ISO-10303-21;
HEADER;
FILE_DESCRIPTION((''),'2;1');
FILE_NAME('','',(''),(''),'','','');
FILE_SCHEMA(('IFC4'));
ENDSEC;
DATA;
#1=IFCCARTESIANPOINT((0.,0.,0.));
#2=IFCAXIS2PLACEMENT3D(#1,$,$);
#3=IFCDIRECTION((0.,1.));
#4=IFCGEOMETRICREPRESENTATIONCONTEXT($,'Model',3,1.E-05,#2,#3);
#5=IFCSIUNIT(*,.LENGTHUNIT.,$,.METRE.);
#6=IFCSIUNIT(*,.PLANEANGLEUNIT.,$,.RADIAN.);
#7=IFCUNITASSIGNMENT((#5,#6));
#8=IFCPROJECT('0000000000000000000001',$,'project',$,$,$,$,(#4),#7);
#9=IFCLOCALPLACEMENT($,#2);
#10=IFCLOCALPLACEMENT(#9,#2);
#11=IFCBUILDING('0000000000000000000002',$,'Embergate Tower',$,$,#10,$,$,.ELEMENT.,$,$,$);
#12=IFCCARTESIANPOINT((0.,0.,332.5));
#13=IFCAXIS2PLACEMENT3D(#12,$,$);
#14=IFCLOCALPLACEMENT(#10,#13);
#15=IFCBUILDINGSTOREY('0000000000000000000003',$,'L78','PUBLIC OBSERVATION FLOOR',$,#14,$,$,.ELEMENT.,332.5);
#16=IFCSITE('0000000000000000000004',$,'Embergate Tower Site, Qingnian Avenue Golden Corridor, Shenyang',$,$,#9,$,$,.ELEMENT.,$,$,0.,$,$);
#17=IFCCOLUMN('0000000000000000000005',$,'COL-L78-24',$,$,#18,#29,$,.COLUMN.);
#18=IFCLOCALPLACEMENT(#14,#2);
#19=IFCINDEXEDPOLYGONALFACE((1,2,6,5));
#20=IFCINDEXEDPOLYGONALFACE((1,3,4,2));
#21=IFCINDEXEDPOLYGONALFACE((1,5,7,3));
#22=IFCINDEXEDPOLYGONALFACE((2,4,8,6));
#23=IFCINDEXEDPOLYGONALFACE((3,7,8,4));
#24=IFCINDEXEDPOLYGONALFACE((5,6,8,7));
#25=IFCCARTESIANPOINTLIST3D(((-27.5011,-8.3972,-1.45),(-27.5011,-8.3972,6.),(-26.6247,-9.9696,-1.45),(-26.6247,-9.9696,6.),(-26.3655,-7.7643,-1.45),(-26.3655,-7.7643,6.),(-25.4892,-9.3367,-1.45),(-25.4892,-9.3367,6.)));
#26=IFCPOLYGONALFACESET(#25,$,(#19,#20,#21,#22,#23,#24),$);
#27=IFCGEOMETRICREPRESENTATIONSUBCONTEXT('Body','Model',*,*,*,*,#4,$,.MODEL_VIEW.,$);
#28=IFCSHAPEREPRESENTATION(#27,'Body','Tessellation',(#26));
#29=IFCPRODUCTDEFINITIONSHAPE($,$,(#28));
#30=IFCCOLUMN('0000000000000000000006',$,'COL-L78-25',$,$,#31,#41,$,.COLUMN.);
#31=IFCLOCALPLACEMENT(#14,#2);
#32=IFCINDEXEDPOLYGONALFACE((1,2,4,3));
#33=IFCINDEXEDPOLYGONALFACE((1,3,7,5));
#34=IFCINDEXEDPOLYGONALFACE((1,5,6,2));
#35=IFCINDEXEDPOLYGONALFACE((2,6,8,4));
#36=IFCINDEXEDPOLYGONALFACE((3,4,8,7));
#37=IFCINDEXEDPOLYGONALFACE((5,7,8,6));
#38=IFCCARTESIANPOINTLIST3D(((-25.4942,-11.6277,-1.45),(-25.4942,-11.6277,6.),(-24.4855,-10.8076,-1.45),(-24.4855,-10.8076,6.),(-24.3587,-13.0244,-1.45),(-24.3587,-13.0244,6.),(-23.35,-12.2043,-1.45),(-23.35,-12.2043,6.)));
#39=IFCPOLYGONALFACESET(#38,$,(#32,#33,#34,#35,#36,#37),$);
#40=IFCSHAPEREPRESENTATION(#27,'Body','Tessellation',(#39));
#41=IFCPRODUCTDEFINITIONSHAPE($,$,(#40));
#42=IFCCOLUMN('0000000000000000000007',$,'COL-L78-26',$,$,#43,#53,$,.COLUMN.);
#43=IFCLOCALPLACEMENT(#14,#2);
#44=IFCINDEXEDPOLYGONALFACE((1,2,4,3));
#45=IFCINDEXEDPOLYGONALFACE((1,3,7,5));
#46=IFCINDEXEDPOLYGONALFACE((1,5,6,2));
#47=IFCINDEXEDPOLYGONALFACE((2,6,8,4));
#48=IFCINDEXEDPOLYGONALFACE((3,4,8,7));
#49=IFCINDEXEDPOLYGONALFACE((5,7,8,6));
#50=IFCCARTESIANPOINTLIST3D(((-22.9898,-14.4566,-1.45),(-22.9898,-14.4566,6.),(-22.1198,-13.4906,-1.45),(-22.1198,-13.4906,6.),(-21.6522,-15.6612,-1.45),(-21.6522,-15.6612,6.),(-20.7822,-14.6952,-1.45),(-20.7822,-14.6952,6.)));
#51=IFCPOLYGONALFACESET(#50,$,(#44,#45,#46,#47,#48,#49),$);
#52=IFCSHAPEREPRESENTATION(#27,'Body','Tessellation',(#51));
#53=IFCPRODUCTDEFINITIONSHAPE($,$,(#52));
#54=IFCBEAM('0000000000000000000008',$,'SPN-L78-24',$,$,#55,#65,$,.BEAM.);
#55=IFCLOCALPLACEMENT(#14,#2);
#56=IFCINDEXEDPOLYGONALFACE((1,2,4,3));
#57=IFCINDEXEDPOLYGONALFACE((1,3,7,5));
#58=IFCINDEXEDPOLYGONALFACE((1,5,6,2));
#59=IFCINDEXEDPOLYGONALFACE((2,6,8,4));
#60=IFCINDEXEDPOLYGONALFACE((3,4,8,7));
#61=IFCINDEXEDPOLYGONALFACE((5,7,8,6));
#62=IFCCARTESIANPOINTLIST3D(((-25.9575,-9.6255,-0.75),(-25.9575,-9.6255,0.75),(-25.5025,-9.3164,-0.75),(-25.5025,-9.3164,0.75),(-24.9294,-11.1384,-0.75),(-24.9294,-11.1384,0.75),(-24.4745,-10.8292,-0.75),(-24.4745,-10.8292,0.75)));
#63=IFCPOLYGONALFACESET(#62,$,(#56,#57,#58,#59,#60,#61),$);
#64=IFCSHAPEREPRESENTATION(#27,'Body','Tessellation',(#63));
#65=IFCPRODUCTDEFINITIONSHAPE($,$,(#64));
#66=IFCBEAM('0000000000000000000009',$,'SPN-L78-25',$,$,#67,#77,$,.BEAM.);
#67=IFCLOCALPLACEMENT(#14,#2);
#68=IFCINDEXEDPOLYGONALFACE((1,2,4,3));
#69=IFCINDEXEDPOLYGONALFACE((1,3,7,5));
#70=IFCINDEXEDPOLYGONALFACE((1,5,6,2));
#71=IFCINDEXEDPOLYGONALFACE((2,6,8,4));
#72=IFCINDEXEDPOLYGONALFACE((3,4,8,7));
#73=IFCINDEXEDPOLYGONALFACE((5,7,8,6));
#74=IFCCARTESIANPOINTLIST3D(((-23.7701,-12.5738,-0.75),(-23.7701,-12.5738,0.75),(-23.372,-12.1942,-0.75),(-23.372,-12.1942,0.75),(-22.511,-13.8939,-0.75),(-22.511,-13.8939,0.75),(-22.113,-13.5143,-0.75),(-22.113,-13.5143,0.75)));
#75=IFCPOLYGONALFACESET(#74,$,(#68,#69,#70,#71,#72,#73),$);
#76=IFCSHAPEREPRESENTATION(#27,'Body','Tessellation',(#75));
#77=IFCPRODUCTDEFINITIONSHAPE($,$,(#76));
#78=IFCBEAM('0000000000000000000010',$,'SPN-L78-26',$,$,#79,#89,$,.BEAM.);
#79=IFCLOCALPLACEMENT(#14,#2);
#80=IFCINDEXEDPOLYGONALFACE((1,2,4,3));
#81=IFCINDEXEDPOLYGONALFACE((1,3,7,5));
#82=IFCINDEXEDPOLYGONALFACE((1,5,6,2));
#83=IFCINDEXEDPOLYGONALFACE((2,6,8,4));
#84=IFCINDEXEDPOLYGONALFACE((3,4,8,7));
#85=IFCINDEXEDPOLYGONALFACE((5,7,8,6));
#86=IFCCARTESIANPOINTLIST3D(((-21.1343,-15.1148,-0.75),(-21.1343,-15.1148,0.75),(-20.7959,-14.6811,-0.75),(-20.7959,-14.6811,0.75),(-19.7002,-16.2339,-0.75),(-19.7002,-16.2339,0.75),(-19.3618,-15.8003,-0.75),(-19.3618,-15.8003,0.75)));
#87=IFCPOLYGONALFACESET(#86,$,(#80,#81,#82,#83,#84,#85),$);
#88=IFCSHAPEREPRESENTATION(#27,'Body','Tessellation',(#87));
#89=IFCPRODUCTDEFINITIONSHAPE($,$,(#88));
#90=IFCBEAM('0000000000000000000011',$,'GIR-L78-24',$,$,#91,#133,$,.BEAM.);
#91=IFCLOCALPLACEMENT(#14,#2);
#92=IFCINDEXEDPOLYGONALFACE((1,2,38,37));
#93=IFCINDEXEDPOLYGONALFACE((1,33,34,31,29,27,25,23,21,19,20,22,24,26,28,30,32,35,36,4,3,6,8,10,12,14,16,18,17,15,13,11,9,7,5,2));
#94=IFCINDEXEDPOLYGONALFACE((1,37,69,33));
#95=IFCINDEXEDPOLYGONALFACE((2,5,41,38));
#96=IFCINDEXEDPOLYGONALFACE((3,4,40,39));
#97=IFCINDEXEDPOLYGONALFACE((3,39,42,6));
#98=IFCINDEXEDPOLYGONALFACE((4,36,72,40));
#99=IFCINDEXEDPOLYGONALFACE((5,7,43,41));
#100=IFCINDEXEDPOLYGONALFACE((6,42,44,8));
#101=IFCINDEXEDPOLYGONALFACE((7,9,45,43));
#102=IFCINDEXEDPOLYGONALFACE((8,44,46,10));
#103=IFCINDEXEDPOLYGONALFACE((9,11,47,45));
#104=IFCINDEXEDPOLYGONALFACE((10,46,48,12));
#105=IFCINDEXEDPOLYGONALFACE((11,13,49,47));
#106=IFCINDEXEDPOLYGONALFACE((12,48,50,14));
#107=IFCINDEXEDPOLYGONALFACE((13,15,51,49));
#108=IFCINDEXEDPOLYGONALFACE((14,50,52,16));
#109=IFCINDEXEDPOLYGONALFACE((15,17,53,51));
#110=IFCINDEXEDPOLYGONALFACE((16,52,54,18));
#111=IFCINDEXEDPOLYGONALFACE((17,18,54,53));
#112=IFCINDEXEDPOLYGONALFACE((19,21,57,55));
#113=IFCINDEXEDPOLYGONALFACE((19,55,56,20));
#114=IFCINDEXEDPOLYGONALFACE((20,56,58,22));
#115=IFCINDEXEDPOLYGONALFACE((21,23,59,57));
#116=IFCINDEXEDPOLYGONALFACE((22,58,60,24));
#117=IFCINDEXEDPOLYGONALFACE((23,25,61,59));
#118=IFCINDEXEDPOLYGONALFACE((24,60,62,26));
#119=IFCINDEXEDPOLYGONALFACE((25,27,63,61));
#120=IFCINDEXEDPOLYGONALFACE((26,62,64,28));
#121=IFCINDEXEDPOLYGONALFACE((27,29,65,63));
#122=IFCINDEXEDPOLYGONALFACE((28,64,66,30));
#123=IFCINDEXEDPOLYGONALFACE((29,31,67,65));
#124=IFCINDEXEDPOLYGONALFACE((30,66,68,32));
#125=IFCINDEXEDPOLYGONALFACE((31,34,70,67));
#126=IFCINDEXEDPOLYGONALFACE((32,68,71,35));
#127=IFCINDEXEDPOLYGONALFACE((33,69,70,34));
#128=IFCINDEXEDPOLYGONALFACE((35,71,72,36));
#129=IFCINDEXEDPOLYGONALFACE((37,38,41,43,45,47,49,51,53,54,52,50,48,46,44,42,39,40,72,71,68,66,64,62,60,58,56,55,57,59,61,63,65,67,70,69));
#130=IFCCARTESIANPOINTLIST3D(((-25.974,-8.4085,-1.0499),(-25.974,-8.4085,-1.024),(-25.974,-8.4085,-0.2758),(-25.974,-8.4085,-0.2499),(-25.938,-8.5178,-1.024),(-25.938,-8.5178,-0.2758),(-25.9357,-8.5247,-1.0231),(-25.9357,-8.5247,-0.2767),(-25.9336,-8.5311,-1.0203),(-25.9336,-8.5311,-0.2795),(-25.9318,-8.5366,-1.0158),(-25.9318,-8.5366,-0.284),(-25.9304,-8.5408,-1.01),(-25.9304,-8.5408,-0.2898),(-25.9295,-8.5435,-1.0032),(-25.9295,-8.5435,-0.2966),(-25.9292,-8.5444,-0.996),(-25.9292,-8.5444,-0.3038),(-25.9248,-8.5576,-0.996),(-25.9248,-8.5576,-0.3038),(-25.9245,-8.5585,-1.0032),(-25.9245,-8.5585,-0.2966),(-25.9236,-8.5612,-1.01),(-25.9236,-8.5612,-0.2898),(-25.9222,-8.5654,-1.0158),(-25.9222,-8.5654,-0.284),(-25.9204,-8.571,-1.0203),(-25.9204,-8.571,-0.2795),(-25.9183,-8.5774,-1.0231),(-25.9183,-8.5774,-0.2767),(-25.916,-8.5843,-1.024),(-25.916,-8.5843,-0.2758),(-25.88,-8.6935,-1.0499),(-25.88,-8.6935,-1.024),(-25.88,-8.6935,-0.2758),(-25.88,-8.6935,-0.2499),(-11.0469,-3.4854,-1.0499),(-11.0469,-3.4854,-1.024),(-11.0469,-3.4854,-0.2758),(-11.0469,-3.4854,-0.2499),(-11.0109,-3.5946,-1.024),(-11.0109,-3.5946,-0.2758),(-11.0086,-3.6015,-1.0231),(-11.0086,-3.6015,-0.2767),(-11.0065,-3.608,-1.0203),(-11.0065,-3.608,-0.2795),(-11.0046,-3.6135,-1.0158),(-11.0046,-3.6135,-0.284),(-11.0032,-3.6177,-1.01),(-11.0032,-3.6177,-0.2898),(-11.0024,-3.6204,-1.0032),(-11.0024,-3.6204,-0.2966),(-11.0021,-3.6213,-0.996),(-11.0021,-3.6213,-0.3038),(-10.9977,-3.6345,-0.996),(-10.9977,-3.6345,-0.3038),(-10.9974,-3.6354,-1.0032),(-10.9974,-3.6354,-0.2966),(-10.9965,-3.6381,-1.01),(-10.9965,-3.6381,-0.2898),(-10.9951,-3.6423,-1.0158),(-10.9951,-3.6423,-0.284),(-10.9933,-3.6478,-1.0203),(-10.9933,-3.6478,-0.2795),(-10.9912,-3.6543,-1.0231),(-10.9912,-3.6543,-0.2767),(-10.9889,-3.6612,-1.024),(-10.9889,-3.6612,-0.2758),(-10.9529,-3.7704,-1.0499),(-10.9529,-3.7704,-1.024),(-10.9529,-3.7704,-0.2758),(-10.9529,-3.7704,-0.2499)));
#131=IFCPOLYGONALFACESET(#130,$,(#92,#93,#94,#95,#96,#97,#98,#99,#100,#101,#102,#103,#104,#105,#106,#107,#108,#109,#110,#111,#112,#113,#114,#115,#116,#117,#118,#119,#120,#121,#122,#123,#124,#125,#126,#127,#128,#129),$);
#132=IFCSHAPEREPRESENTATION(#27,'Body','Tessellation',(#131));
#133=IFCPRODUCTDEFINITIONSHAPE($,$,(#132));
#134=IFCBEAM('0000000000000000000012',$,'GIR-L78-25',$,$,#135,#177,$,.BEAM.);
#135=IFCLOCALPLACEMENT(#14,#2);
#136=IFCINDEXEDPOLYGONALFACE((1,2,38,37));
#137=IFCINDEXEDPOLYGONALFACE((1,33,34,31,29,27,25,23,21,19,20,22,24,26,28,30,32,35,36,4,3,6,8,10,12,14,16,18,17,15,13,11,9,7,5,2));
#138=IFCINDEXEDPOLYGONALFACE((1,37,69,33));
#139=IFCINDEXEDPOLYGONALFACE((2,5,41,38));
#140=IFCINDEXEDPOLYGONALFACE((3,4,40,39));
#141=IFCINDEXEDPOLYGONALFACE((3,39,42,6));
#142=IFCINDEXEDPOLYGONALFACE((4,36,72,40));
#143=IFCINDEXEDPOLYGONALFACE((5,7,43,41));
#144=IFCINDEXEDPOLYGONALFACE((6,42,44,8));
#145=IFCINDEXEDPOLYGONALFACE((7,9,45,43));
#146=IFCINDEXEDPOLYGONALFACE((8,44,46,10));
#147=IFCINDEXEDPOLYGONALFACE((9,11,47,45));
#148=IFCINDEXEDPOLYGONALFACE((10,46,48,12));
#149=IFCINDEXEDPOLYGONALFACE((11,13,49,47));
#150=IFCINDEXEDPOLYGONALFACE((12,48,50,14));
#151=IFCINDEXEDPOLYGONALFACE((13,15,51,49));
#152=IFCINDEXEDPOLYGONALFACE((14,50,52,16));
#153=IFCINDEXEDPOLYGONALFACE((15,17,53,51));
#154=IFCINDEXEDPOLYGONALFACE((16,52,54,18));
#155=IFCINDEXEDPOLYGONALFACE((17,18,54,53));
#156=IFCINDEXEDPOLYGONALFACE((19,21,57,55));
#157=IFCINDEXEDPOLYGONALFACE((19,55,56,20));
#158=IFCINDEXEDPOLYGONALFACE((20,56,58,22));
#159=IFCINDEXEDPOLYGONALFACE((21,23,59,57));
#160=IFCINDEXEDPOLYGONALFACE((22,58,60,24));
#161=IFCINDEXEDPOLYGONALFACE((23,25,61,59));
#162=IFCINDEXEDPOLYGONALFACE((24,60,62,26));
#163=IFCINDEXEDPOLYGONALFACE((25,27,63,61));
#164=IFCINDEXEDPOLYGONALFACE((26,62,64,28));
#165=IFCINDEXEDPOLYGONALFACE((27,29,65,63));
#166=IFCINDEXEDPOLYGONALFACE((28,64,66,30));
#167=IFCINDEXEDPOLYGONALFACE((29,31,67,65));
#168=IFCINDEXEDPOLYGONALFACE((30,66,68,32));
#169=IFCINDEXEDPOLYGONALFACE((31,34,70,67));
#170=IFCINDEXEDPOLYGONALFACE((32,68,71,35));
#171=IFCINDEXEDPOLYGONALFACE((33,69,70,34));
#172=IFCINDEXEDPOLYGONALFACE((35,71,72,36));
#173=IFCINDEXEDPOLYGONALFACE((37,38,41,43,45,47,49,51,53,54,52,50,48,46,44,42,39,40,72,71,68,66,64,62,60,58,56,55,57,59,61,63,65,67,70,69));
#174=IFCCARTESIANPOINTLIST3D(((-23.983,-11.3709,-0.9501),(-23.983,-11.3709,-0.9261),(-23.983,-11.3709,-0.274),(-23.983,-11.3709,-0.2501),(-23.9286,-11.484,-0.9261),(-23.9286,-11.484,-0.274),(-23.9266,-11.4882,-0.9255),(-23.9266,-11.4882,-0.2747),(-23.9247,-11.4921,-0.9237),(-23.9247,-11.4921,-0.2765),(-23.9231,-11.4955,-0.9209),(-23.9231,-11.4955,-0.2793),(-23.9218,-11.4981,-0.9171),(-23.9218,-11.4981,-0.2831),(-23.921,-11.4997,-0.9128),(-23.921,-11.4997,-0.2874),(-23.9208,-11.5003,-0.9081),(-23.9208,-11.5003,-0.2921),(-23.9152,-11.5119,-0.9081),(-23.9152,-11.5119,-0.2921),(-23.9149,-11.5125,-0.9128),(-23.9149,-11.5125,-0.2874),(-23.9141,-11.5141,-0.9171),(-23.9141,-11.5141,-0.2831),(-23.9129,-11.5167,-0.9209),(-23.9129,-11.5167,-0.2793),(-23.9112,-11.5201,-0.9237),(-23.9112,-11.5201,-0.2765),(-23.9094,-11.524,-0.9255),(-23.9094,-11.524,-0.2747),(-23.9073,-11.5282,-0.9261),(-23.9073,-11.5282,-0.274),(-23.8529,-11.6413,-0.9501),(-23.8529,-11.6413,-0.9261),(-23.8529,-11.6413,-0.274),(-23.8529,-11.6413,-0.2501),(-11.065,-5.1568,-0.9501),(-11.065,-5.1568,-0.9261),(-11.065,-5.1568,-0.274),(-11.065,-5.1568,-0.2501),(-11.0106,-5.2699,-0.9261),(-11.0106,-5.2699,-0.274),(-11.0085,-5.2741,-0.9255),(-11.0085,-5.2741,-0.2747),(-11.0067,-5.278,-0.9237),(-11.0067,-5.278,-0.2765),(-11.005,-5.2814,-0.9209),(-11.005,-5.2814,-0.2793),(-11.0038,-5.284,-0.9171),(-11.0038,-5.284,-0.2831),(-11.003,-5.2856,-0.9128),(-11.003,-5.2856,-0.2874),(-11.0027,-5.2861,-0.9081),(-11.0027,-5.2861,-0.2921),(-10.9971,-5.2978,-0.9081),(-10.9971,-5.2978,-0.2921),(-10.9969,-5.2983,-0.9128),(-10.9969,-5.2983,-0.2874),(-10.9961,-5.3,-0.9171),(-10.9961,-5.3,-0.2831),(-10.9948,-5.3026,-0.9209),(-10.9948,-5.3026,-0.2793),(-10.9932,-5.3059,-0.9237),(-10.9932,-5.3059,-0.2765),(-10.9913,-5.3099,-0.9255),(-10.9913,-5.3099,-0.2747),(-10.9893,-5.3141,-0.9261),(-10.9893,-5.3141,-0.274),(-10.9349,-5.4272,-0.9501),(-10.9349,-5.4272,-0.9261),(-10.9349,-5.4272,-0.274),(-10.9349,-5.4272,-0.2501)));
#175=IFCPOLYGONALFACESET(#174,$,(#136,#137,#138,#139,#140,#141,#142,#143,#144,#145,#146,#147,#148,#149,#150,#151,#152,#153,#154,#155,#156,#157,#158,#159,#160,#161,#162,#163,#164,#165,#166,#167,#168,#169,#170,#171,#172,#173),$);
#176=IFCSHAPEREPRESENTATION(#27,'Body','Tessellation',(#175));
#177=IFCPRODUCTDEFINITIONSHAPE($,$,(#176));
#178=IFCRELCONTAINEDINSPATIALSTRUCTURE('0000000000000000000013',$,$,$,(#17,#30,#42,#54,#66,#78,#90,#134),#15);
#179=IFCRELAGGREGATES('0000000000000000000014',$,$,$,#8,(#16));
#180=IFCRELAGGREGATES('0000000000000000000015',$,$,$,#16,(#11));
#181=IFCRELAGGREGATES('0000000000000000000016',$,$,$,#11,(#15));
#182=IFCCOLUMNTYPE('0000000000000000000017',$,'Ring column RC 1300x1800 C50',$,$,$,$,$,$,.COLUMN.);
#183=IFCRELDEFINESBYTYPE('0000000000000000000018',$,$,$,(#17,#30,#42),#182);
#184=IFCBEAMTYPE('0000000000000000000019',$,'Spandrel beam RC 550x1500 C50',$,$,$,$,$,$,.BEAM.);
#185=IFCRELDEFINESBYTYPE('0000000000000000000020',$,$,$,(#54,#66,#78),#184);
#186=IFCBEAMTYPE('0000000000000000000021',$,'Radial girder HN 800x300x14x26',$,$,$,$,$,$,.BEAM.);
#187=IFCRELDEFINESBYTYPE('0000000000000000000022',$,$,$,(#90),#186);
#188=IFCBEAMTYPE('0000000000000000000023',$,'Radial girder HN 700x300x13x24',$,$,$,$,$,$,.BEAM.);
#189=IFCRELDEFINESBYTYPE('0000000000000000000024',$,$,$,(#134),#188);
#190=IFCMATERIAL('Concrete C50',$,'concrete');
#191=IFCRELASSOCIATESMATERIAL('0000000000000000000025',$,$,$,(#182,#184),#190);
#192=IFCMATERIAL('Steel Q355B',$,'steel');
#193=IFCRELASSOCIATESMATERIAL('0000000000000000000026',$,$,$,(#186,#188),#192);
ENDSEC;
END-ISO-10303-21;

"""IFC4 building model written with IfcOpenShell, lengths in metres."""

from ifc_helpers import new_model, si_unit, direction, frame, origin, origin_2d, place, context, subcontext, project, spatial, rectangle, i_section, extrude, source, transform, mapped, material, material_profile, profile_set, type_object, element, save


model = new_model("IFC4")

# Units and contexts
model_context = context("Model", 3, precision=1e-05, world=origin(), true_north=direction((0.0, 1.0)))
body_context = subcontext(model_context, "Body", "Model", "MODEL_VIEW")
ifc_project = project(units=[si_unit("LENGTHUNIT", "METRE"), si_unit("PLANEANGLEUNIT", "RADIAN")], contexts=[model_context])

# Site, building, storey
site_placement = place(None, origin())
site = spatial("IfcSite", under=ifc_project, at=site_placement, Name="Embergate Tower Site, Qingnian Avenue Golden Corridor, Shenyang", CompositionType="ELEMENT", RefElevation=0.0)
building_placement = place(site_placement, origin())
building = spatial("IfcBuilding", under=site, at=building_placement, Name="Embergate Tower", CompositionType="ELEMENT")
storey_placement = place(building_placement, frame((0.0, 0.0, 332.5)))
storey = spatial("IfcBuildingStorey", under=building, at=storey_placement, Name="L78", Description="PUBLIC OBSERVATION FLOOR", CompositionType="ELEMENT", Elevation=332.5)

# Columns
ifc_material_1 = material(Name="Concrete C50", Category="concrete")
ifc_material_profile_1 = material_profile(ifc_material_1, rectangle(XDim=1.3, YDim=1.8, at=origin_2d()), Name="RC 1300x1800")
ifc_profile_set_1 = profile_set([ifc_material_profile_1], Name="Concrete C50")
column_type = type_object("IfcColumnType", Name="Ring column RC 1300x1800 C50", PredefinedType="COLUMN", material=ifc_profile_set_1)
shared_shape_1 = source(origin(), body_context, "Body", "SweptSolid", [
    extrude(rectangle(XDim=1.3, YDim=1.8, at=origin_2d()), origin(), (0.0, 0.0, 1.0), 7.45),
])
for number, where, z_axis, x_axis, name in (
    (1, (-26.4951, -8.8669, -1.45), (0.0, 0.0, 1.0), (-0.873492, -0.486839, 0.0), "COL-L78-24"),
    (2, (-24.4221, -11.916, -1.45), (0.0, 0.0, 1.0), (-0.775925, -0.630825, 0.0), "COL-L78-25"),
    (3, (-21.886, -14.5759, -1.45), (0.0, 0.0, 1.0), (-0.669208, -0.743075, 0.0), "COL-L78-26"),
):
    element("IfcColumn", number, at=place(storey_placement, frame(where, z_axis=z_axis, x_axis=x_axis)), inside=storey, type_object=column_type, Name=name, PredefinedType="COLUMN", context=body_context, shape_type="MappedRepresentation", body=[
        mapped(shared_shape_1, transform((0.0, 0.0, 0.0))),
    ])

# Beams
ifc_material_profile_2 = material_profile(ifc_material_1, rectangle(XDim=0.55, YDim=1.5, at=origin_2d()), Name="RC 550x1500")
ifc_profile_set_2 = profile_set([ifc_material_profile_2], Name="Concrete C50")
beam_type_1 = type_object("IfcBeamType", Name="Spandrel beam RC 550x1500 C50", PredefinedType="BEAM", material=ifc_profile_set_2)
shared_shape_2 = source(origin(), body_context, "Body", "SweptSolid", [
    extrude(rectangle(XDim=0.55, YDim=1.5, at=origin_2d()), origin(), (0.0, 0.0, 1.0), 1.8291),
])
beam_1_placement = place(storey_placement, frame((-25.73, -9.4709, 0.0), z_axis=(0.56204, -0.82711, 0.0), x_axis=(0.82711, 0.56204, 0.0)))
element("IfcBeam", 4, at=beam_1_placement, inside=storey, type_object=beam_type_1, Name="SPN-L78-24", PredefinedType="BEAM", context=body_context, shape_type="MappedRepresentation", body=[
    mapped(shared_shape_2, transform((0.0, 0.0, 0.0))),
])
shared_shape_3 = source(origin(), body_context, "Body", "SweptSolid", [
    extrude(rectangle(XDim=0.55, YDim=1.5, at=origin_2d()), origin(), (0.0, 0.0, 1.0), 1.8242),
])
beam_2_placement = place(storey_placement, frame((-23.571, -12.384, 0.0), z_axis=(0.69018, -0.723638, 0.0), x_axis=(0.723638, 0.69018, 0.0)))
element("IfcBeam", 5, at=beam_2_placement, inside=storey, type_object=beam_type_1, Name="SPN-L78-25", PredefinedType="BEAM", context=body_context, shape_type="MappedRepresentation", body=[
    mapped(shared_shape_3, transform((0.0, 0.0, 0.0))),
])
shared_shape_4 = source(origin(), body_context, "Body", "SweptSolid", [
    extrude(rectangle(XDim=0.55, YDim=1.5, at=origin_2d()), origin(), (0.0, 0.0, 1.0), 1.8191),
])
beam_3_placement = place(storey_placement, frame((-20.9651, -14.8979, 0.0), z_axis=(0.788354, -0.615222, 0.0), x_axis=(0.615222, 0.788354, 0.0)))
element("IfcBeam", 6, at=beam_3_placement, inside=storey, type_object=beam_type_1, Name="SPN-L78-26", PredefinedType="BEAM", context=body_context, shape_type="MappedRepresentation", body=[
    mapped(shared_shape_4, transform((0.0, 0.0, 0.0))),
])
ifc_material_2 = material(Name="Steel Q355B", Category="steel")
ifc_material_profile_3 = material_profile(ifc_material_2, i_section(OverallWidth=0.3, OverallDepth=0.8, WebThickness=0.0139, FlangeThickness=0.0259, FilletRadius=0.0281, at=origin_2d()), Name="HN 800x300x14x26")
ifc_profile_set_3 = profile_set([ifc_material_profile_3], Name="Steel Q355 grade B")
beam_type_2 = type_object("IfcBeamType", Name="Radial girder HN 800x300x14x26", PredefinedType="BEAM", material=ifc_profile_set_3)
shared_shape_5 = source(origin(), body_context, "Body", "SweptSolid", [
    extrude(i_section(OverallWidth=0.3, OverallDepth=0.8, WebThickness=0.0139, FlangeThickness=0.0259, FilletRadius=0.0281, at=origin_2d()), origin(), (0.0, 0.0, 1.0), 15.718),
])
beam_4_placement = place(storey_placement, frame((-25.927, -8.551, -0.6499), z_axis=(0.949682, 0.313216, 0.0), x_axis=(-0.313216, 0.949682, 0.0)))
element("IfcBeam", 7, at=beam_4_placement, inside=storey, type_object=beam_type_2, Name="GIR-L78-24", PredefinedType="BEAM", context=body_context, shape_type="MappedRepresentation", body=[
    mapped(shared_shape_5, transform((0.0, 0.0, 0.0))),
])
ifc_material_profile_4 = material_profile(ifc_material_2, i_section(OverallWidth=0.3, OverallDepth=0.7, WebThickness=0.0129, FlangeThickness=0.0239, FilletRadius=0.0181, at=origin_2d()), Name="HN 700x300x13x24")
ifc_profile_set_4 = profile_set([ifc_material_profile_4], Name="Steel Q355 grade B")
beam_type_3 = type_object("IfcBeamType", Name="Radial girder HN 700x300x13x24", PredefinedType="BEAM", material=ifc_profile_set_4)
shared_shape_6 = source(origin(), body_context, "Body", "SweptSolid", [
    extrude(i_section(OverallWidth=0.3, OverallDepth=0.7, WebThickness=0.0129, FlangeThickness=0.0239, FilletRadius=0.0181, at=origin_2d()), origin(), (0.0, 0.0, 1.0), 14.335),
])
beam_5_placement = place(storey_placement, frame((-23.918, -11.5061, -0.6001), z_axis=(0.901156, 0.433496, 0.0), x_axis=(-0.433496, 0.901156, 0.0)))
element("IfcBeam", 8, at=beam_5_placement, inside=storey, type_object=beam_type_3, Name="GIR-L78-25", PredefinedType="BEAM", context=body_context, shape_type="MappedRepresentation", body=[
    mapped(shared_shape_6, transform((0.0, 0.0, 0.0))),
])

save(model, "model.ifc")
